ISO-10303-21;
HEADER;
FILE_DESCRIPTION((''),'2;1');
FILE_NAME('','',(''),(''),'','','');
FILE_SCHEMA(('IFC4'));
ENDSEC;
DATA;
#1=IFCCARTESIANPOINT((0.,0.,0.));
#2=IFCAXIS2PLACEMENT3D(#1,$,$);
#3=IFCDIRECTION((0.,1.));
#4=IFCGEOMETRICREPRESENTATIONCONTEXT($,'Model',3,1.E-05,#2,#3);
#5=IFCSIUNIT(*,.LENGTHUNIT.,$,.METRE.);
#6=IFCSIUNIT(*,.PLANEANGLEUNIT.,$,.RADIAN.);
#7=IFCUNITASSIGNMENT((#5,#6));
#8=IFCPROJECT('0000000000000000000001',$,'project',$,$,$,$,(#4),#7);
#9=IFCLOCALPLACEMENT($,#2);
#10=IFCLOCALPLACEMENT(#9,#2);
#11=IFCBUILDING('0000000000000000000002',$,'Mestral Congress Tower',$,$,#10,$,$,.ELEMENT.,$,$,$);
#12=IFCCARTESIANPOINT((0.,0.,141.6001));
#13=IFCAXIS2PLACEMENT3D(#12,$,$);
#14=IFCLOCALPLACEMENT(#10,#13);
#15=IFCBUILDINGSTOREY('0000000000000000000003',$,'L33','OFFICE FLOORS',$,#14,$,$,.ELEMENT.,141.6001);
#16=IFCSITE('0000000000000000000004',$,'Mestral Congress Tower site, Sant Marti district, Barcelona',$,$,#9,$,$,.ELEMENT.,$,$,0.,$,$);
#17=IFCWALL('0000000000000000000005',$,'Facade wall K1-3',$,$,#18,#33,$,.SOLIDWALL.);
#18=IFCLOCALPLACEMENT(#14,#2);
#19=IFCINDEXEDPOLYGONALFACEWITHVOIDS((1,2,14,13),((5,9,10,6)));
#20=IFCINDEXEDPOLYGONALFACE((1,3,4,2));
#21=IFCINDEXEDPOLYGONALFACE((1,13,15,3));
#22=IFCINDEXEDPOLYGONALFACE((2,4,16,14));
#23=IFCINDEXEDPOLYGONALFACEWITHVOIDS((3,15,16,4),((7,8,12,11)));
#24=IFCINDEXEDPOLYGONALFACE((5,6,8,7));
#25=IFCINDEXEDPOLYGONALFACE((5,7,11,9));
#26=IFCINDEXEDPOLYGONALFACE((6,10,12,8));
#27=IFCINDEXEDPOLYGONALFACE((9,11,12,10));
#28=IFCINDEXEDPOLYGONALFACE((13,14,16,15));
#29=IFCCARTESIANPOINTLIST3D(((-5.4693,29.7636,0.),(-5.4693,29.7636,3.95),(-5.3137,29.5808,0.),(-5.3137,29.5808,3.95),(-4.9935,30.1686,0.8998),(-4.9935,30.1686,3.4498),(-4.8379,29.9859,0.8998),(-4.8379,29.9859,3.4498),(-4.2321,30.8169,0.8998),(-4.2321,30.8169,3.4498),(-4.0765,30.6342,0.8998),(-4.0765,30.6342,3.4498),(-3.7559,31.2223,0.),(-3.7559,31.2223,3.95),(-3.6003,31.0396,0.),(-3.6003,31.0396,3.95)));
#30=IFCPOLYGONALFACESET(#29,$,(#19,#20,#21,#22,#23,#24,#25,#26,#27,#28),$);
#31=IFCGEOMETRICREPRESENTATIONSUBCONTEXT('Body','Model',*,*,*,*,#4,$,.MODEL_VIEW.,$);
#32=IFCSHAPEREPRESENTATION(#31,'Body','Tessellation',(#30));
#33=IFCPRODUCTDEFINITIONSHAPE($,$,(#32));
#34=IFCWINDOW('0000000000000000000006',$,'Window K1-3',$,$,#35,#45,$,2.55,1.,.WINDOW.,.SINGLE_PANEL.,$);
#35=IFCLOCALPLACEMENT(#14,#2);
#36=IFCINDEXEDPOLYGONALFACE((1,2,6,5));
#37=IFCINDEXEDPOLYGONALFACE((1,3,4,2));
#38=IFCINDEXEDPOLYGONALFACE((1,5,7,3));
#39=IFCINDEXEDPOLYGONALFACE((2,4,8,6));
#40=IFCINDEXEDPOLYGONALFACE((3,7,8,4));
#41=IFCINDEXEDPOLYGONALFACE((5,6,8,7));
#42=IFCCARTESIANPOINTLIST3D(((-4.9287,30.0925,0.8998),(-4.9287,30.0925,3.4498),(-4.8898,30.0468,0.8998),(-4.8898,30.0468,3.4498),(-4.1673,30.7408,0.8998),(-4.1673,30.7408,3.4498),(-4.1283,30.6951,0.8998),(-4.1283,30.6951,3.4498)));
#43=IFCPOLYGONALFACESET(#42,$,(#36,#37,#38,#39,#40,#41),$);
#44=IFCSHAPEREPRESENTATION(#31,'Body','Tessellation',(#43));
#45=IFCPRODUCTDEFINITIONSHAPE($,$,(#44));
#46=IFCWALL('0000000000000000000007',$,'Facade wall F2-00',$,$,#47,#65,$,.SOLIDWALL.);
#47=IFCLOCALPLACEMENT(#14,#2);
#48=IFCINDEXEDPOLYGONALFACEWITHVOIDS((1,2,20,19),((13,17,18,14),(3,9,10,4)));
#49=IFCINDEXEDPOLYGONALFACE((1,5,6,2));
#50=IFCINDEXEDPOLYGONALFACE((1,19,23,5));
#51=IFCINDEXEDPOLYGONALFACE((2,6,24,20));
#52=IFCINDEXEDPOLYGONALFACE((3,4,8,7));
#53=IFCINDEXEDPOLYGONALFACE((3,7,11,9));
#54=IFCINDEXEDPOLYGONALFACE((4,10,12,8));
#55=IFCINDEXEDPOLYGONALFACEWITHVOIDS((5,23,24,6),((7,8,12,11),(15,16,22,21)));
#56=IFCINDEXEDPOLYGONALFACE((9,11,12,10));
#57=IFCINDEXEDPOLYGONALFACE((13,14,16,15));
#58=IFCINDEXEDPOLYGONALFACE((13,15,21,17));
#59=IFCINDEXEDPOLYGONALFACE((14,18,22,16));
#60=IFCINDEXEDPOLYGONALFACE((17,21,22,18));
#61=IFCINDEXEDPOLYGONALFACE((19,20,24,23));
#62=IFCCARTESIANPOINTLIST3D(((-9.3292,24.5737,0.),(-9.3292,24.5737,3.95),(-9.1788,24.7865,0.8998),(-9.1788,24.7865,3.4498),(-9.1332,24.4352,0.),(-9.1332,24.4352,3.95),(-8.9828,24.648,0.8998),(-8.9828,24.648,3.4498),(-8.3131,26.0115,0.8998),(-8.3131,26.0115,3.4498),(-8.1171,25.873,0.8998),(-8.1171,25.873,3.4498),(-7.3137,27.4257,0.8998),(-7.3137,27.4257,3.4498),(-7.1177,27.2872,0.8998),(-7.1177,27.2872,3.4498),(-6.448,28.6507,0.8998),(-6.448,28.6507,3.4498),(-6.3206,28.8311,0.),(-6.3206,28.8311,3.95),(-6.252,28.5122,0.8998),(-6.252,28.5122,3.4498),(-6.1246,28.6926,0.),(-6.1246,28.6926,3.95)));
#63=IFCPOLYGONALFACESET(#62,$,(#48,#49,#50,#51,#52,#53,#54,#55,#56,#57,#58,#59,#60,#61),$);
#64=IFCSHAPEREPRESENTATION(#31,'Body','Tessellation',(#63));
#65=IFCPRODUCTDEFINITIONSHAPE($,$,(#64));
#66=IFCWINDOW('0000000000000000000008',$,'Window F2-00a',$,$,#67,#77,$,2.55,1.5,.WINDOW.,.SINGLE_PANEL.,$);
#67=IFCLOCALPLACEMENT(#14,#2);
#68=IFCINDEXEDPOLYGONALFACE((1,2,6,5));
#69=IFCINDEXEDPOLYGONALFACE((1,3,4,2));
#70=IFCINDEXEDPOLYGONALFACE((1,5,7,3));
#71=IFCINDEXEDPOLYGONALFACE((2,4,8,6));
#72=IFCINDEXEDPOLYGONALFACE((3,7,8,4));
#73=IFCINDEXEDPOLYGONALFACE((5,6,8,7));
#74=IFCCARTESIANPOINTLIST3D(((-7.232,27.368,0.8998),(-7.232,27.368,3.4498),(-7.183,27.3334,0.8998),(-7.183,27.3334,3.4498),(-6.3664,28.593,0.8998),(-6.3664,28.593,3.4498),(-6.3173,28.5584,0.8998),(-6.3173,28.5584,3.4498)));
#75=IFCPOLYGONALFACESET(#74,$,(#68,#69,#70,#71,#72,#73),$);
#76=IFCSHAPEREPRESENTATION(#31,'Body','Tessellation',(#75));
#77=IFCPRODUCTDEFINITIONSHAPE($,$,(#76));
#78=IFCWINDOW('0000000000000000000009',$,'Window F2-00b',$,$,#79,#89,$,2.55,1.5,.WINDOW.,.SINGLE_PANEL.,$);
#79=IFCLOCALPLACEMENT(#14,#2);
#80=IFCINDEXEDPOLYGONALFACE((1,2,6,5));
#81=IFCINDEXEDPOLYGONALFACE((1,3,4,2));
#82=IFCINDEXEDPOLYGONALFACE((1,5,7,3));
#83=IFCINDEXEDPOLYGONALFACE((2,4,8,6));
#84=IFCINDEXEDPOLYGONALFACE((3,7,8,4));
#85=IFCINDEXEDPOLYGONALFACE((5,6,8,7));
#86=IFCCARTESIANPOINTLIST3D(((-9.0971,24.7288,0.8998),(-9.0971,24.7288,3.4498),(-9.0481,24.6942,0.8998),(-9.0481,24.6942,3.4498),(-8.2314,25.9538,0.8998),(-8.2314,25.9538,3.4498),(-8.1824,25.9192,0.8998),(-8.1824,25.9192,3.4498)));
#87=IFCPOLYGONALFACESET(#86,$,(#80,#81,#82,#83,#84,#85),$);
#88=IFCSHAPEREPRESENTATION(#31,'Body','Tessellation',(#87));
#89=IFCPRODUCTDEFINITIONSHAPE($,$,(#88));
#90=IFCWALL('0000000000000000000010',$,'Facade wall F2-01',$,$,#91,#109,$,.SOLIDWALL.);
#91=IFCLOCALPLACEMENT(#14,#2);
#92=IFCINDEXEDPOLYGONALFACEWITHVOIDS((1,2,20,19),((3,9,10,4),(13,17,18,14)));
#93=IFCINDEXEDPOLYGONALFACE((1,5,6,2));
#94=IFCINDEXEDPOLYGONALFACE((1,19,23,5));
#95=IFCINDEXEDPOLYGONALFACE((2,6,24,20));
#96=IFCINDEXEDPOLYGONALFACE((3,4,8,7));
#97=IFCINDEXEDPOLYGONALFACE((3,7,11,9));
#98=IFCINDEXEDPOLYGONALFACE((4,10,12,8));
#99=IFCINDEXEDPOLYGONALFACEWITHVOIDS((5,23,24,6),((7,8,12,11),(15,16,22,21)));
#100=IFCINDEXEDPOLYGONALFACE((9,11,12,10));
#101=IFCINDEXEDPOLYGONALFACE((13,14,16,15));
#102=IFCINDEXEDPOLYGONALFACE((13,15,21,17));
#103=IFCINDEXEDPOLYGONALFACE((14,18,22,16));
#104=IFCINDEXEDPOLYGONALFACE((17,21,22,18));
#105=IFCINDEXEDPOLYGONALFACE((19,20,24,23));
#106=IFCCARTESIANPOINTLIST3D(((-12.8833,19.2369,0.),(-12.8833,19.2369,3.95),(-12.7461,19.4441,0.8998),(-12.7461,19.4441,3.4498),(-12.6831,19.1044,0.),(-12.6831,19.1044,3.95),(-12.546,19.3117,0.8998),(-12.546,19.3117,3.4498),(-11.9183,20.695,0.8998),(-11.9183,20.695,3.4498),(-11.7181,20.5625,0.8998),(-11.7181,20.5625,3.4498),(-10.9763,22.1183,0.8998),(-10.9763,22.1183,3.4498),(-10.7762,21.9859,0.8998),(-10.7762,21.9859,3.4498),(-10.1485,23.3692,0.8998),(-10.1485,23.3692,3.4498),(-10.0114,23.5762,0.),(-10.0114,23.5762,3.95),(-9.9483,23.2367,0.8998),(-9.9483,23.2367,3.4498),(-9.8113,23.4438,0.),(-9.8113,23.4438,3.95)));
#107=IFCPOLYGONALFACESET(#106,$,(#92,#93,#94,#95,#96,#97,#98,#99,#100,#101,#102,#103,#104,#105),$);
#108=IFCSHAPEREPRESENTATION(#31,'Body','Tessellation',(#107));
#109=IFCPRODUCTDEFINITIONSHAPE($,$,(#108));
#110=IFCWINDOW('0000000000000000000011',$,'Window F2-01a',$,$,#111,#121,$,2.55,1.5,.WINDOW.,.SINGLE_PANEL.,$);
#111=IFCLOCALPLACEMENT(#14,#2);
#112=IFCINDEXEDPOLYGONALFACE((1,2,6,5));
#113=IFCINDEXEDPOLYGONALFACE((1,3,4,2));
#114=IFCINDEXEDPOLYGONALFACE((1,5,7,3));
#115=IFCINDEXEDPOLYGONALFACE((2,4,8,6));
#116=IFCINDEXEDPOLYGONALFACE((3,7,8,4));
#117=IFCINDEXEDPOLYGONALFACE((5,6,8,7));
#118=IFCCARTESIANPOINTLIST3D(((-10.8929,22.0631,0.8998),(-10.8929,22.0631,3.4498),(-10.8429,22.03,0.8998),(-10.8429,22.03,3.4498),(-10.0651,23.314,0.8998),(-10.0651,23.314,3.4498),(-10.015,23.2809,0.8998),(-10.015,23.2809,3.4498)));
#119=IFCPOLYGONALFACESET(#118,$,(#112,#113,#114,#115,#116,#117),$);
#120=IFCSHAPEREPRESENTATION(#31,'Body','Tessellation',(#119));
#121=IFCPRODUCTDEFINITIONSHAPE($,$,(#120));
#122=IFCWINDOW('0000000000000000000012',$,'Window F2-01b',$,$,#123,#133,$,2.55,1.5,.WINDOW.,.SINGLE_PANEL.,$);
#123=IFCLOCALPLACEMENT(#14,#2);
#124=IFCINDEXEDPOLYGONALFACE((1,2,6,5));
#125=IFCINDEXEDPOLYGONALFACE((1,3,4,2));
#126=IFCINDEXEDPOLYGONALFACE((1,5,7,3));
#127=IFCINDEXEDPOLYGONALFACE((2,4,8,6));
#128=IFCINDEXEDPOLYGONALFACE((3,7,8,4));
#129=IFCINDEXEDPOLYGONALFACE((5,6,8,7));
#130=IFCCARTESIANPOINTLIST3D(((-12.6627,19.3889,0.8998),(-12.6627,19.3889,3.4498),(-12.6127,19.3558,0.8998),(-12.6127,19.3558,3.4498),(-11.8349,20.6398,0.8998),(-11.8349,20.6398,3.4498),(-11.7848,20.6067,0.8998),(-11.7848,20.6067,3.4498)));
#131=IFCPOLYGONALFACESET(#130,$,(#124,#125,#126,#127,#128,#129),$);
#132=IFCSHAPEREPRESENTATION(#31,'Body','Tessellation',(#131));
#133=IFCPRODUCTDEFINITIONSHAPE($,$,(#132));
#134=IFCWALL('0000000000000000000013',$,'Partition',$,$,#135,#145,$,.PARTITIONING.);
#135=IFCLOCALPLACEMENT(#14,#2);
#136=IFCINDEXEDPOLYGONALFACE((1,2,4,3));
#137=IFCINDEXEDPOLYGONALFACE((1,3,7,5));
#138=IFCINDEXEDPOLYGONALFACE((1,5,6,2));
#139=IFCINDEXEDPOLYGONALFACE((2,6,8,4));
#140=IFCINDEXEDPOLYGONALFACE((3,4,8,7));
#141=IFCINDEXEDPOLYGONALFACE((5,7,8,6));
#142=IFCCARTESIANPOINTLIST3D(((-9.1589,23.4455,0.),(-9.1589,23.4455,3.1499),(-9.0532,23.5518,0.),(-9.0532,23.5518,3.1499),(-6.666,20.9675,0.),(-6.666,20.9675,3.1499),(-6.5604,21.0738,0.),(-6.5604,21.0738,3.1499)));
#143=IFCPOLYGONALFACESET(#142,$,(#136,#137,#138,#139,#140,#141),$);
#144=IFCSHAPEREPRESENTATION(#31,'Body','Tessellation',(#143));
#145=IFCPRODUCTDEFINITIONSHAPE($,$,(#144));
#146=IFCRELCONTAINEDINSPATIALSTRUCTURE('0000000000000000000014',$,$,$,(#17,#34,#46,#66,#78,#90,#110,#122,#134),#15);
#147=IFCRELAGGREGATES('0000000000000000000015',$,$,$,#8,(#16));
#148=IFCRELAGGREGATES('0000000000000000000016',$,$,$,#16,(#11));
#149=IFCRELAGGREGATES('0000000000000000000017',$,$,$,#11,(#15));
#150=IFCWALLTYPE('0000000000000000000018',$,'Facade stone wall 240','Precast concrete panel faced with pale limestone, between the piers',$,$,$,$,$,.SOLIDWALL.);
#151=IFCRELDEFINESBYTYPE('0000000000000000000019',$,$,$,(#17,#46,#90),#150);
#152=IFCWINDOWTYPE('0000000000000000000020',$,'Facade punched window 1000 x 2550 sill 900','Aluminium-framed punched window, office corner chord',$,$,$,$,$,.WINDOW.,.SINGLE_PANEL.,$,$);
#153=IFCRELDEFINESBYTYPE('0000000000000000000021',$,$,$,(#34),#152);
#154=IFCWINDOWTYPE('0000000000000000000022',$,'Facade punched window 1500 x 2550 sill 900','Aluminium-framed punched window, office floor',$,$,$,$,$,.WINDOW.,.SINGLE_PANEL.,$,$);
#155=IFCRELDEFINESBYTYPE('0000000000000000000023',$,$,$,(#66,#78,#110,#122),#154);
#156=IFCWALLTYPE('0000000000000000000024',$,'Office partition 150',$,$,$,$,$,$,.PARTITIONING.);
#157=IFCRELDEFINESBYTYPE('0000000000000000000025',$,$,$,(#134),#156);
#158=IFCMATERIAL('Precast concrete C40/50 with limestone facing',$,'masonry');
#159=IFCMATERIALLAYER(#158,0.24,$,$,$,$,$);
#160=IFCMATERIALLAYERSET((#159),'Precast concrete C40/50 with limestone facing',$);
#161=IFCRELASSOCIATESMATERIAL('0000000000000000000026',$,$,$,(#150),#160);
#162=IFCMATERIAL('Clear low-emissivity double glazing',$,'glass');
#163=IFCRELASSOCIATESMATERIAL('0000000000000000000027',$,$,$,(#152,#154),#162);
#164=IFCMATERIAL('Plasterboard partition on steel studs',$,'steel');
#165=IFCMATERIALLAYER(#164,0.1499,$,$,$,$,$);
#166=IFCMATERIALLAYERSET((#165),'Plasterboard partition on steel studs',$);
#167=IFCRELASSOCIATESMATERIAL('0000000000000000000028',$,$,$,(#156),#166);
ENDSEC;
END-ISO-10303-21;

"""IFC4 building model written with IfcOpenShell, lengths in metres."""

from ifc_helpers import new_model, si_unit, direction, frame, frame_2d, origin, place, context, subcontext, project, spatial, rectangle, extrude, material, layer, layer_set, type_object, element, fill, save


model = new_model("IFC4")

# Units and contexts
model_context = context("Model", 3, precision=1e-05, world=origin(), true_north=direction((0.0, 1.0)))
body_context = subcontext(model_context, "Body", "Model", "MODEL_VIEW")
ifc_project = project(units=[si_unit("LENGTHUNIT", "METRE"), si_unit("PLANEANGLEUNIT", "RADIAN")], contexts=[model_context])

# Site, building, storey
site_placement = place(None, origin())
site = spatial("IfcSite", under=ifc_project, at=site_placement, Name="Mestral Congress Tower site, Sant Marti district, Barcelona", CompositionType="ELEMENT", RefElevation=0.0)
building_placement = place(site_placement, origin())
building = spatial("IfcBuilding", under=site, at=building_placement, Name="Mestral Congress Tower", CompositionType="ELEMENT")
storey_placement = place(building_placement, frame((0.0, 0.0, 141.6001)))
storey = spatial("IfcBuildingStorey", under=building, at=storey_placement, Name="L33", Description="OFFICE FLOORS", CompositionType="ELEMENT", Elevation=141.6001)

# Wall, opening, window
ifc_material_1 = material(Name="Precast concrete C40/50 with limestone facing", Category="masonry")
ifc_layer_1 = layer(ifc_material_1, 0.24)
ifc_layer_set_1 = layer_set([ifc_layer_1], Name="Precast concrete C40/50 with limestone facing")
wall_type_1 = type_object("IfcWallType", Name="Facade stone wall 240", Description="Precast concrete panel faced with pale limestone, between the piers", PredefinedType="SOLIDWALL", material=ifc_layer_set_1)
ifc_material_2 = material(Name="Clear low-emissivity double glazing", Category="glass")
window_type_1 = type_object("IfcWindowType", Name="Facade punched window 1000 x 2550 sill 900", Description="Aluminium-framed punched window, office corner chord", PartitioningType="SINGLE_PANEL", PredefinedType="WINDOW", material=ifc_material_2)
wall_1_placement = place(storey_placement, frame((-3.6782, 31.1309, 0.0), z_axis=(0.0, 0.0, 1.0), x_axis=(-0.76142, -0.648259, 0.0)))
wall_1 = element("IfcWall", 1, at=wall_1_placement, inside=storey, type_object=wall_type_1, Name="Facade wall K1-3", PredefinedType="SOLIDWALL", context=body_context, shape_type="SweptSolid", body=[
    extrude(rectangle(XDim=2.2502, YDim=0.24, at=frame_2d((1.125, 0.0))), origin(), (0.0, 0.0, 1.0), 3.95),
])
opening_1_placement = place(wall_1_placement, frame((0.6252, 0.0, 0.8999)))
opening_1 = element("IfcOpeningElement", 2, at=opening_1_placement, cuts=wall_1, PredefinedType="OPENING", context=body_context, shape_type="SweptSolid", body=[
    extrude(rectangle(XDim=1.0, YDim=2.55, at=frame_2d((0.5, 1.2749))), frame((0.0, 0.1299, 0.0), z_axis=(0.0, -1.0, 0.0), x_axis=(1.0, 0.0, 0.0)), (0.0, 0.0, 1.0), 0.26),
])
window_1_placement = place(opening_1_placement, origin())
window_1 = element("IfcWindow", 3, at=window_1_placement, inside=storey, type_object=window_type_1, Name="Window K1-3", OverallHeight=2.55, OverallWidth=1.0, PartitioningType="SINGLE_PANEL", PredefinedType="WINDOW", context=body_context, shape_type="SweptSolid", body=[
    extrude(rectangle(XDim=1.0, YDim=2.55, at=frame_2d((0.5, 1.2749))), frame((0.0, 0.04, 0.0), z_axis=(0.0, -1.0, 0.0), x_axis=(1.0, 0.0, 0.0)), (0.0, 0.0, 1.0), 0.0601),
])
fill(opening_1, window_1)

# Walls, openings, windows
wall_2_placement = place(storey_placement, frame((-6.2227, 28.7617, 0.0), z_axis=(0.0, 0.0, 1.0), x_axis=(-0.577115, -0.816663, 0.0)))
wall_2 = element("IfcWall", 4, at=wall_2_placement, inside=storey, type_object=wall_type_1, Name="Facade wall F2-00", PredefinedType="SOLIDWALL", context=body_context, shape_type="SweptSolid", body=[
    extrude(rectangle(XDim=5.2131, YDim=0.24, at=frame_2d((2.6064, 0.0))), origin(), (0.0, 0.0, 1.0), 3.95),
])
opening_2_placement = place(wall_2_placement, frame((0.2207, 0.0, 0.8999)))
opening_2 = element("IfcOpeningElement", 5, at=opening_2_placement, cuts=wall_2, PredefinedType="OPENING", context=body_context, shape_type="SweptSolid", body=[
    extrude(rectangle(XDim=1.5, YDim=2.55, at=frame_2d((0.75, 1.2749))), frame((0.0, 0.1299, 0.0), z_axis=(0.0, -1.0, 0.0), x_axis=(1.0, 0.0, 0.0)), (0.0, 0.0, 1.0), 0.26),
])
opening_3_placement = place(wall_2_placement, frame((3.4524, 0.0, 0.8999)))
opening_3 = element("IfcOpeningElement", 6, at=opening_3_placement, cuts=wall_2, PredefinedType="OPENING", context=body_context, shape_type="SweptSolid", body=[
    extrude(rectangle(XDim=1.5, YDim=2.55, at=frame_2d((0.75, 1.2749))), frame((0.0, 0.1299, 0.0), z_axis=(0.0, -1.0, 0.0), x_axis=(1.0, 0.0, 0.0)), (0.0, 0.0, 1.0), 0.26),
])
window_type_2 = type_object("IfcWindowType", Name="Facade punched window 1500 x 2550 sill 900", Description="Aluminium-framed punched window, office floor", PartitioningType="SINGLE_PANEL", PredefinedType="WINDOW", material=ifc_material_2)
window_2_placement = place(opening_2_placement, origin())
window_2 = element("IfcWindow", 7, at=window_2_placement, inside=storey, type_object=window_type_2, Name="Window F2-00a", OverallHeight=2.55, OverallWidth=1.5, PartitioningType="SINGLE_PANEL", PredefinedType="WINDOW", context=body_context, shape_type="SweptSolid", body=[
    extrude(rectangle(XDim=1.5, YDim=2.55, at=frame_2d((0.75, 1.2749))), frame((0.0, 0.04, 0.0), z_axis=(0.0, -1.0, 0.0), x_axis=(1.0, 0.0, 0.0)), (0.0, 0.0, 1.0), 0.0601),
])
fill(opening_2, window_2)
window_3_placement = place(opening_3_placement, origin())
window_3 = element("IfcWindow", 8, at=window_3_placement, inside=storey, type_object=window_type_2, Name="Window F2-00b", OverallHeight=2.55, OverallWidth=1.5, PartitioningType="SINGLE_PANEL", PredefinedType="WINDOW", context=body_context, shape_type="SweptSolid", body=[
    extrude(rectangle(XDim=1.5, YDim=2.55, at=frame_2d((0.75, 1.2749))), frame((0.0, 0.04, 0.0), z_axis=(0.0, -1.0, 0.0), x_axis=(1.0, 0.0, 0.0)), (0.0, 0.0, 1.0), 0.0601),
])
fill(opening_3, window_3)
wall_3_placement = place(storey_placement, frame((-9.9114, 23.51, 0.0), z_axis=(0.0, 0.0, 1.0), x_axis=(-0.551893, -0.833915, 0.0)))
wall_3 = element("IfcWall", 9, at=wall_3_placement, inside=storey, type_object=wall_type_1, Name="Facade wall F2-01", PredefinedType="SOLIDWALL", context=body_context, shape_type="SweptSolid", body=[
    extrude(rectangle(XDim=5.2036, YDim=0.24, at=frame_2d((2.6018, 0.0))), origin(), (0.0, 0.0, 1.0), 3.95),
])
opening_4_placement = place(wall_3_placement, frame((0.2483, 0.0, 0.8999)))
opening_4 = element("IfcOpeningElement", 10, at=opening_4_placement, cuts=wall_3, PredefinedType="OPENING", context=body_context, shape_type="SweptSolid", body=[
    extrude(rectangle(XDim=1.5, YDim=2.55, at=frame_2d((0.75, 1.2749))), frame((0.0, 0.1299, 0.0), z_axis=(0.0, -1.0, 0.0), x_axis=(1.0, 0.0, 0.0)), (0.0, 0.0, 1.0), 0.26),
])
opening_5_placement = place(wall_3_placement, frame((3.4551, 0.0, 0.8999)))
opening_5 = element("IfcOpeningElement", 11, at=opening_5_placement, cuts=wall_3, PredefinedType="OPENING", context=body_context, shape_type="SweptSolid", body=[
    extrude(rectangle(XDim=1.5, YDim=2.55, at=frame_2d((0.75, 1.2749))), frame((0.0, 0.1299, 0.0), z_axis=(0.0, -1.0, 0.0), x_axis=(1.0, 0.0, 0.0)), (0.0, 0.0, 1.0), 0.26),
])
window_4_placement = place(opening_4_placement, origin())
window_4 = element("IfcWindow", 12, at=window_4_placement, inside=storey, type_object=window_type_2, Name="Window F2-01a", OverallHeight=2.55, OverallWidth=1.5, PartitioningType="SINGLE_PANEL", PredefinedType="WINDOW", context=body_context, shape_type="SweptSolid", body=[
    extrude(rectangle(XDim=1.5, YDim=2.55, at=frame_2d((0.75, 1.2749))), frame((0.0, 0.04, 0.0), z_axis=(0.0, -1.0, 0.0), x_axis=(1.0, 0.0, 0.0)), (0.0, 0.0, 1.0), 0.0601),
])
fill(opening_4, window_4)
window_5_placement = place(opening_5_placement, origin())
window_5 = element("IfcWindow", 13, at=window_5_placement, inside=storey, type_object=window_type_2, Name="Window F2-01b", OverallHeight=2.55, OverallWidth=1.5, PartitioningType="SINGLE_PANEL", PredefinedType="WINDOW", context=body_context, shape_type="SweptSolid", body=[
    extrude(rectangle(XDim=1.5, YDim=2.55, at=frame_2d((0.75, 1.2749))), frame((0.0, 0.04, 0.0), z_axis=(0.0, -1.0, 0.0), x_axis=(1.0, 0.0, 0.0)), (0.0, 0.0, 1.0), 0.0601),
])
fill(opening_5, window_5)

# Wall
ifc_material_3 = material(Name="Plasterboard partition on steel studs", Category="steel")
ifc_layer_2 = layer(ifc_material_3, 0.1499)
ifc_layer_set_2 = layer_set([ifc_layer_2], Name="Plasterboard partition on steel studs")
wall_type_2 = type_object("IfcWallType", Name="Office partition 150", PredefinedType="PARTITIONING", material=ifc_layer_set_2)
wall_4_placement = place(storey_placement, frame((-6.6133, 21.0208, 0.0), z_axis=(0.0, 0.0, 1.0), x_axis=(-0.709222, 0.704985, 0.0)))
element("IfcWall", 14, at=wall_4_placement, inside=storey, type_object=wall_type_2, Name="Partition", PredefinedType="PARTITIONING", context=body_context, shape_type="SweptSolid", body=[
    extrude(rectangle(XDim=3.5149, YDim=0.1499, at=frame_2d((1.7573, 0.0))), origin(), (0.0, 0.0, 1.0), 3.1499),
])

save(model, "model.ifc")
